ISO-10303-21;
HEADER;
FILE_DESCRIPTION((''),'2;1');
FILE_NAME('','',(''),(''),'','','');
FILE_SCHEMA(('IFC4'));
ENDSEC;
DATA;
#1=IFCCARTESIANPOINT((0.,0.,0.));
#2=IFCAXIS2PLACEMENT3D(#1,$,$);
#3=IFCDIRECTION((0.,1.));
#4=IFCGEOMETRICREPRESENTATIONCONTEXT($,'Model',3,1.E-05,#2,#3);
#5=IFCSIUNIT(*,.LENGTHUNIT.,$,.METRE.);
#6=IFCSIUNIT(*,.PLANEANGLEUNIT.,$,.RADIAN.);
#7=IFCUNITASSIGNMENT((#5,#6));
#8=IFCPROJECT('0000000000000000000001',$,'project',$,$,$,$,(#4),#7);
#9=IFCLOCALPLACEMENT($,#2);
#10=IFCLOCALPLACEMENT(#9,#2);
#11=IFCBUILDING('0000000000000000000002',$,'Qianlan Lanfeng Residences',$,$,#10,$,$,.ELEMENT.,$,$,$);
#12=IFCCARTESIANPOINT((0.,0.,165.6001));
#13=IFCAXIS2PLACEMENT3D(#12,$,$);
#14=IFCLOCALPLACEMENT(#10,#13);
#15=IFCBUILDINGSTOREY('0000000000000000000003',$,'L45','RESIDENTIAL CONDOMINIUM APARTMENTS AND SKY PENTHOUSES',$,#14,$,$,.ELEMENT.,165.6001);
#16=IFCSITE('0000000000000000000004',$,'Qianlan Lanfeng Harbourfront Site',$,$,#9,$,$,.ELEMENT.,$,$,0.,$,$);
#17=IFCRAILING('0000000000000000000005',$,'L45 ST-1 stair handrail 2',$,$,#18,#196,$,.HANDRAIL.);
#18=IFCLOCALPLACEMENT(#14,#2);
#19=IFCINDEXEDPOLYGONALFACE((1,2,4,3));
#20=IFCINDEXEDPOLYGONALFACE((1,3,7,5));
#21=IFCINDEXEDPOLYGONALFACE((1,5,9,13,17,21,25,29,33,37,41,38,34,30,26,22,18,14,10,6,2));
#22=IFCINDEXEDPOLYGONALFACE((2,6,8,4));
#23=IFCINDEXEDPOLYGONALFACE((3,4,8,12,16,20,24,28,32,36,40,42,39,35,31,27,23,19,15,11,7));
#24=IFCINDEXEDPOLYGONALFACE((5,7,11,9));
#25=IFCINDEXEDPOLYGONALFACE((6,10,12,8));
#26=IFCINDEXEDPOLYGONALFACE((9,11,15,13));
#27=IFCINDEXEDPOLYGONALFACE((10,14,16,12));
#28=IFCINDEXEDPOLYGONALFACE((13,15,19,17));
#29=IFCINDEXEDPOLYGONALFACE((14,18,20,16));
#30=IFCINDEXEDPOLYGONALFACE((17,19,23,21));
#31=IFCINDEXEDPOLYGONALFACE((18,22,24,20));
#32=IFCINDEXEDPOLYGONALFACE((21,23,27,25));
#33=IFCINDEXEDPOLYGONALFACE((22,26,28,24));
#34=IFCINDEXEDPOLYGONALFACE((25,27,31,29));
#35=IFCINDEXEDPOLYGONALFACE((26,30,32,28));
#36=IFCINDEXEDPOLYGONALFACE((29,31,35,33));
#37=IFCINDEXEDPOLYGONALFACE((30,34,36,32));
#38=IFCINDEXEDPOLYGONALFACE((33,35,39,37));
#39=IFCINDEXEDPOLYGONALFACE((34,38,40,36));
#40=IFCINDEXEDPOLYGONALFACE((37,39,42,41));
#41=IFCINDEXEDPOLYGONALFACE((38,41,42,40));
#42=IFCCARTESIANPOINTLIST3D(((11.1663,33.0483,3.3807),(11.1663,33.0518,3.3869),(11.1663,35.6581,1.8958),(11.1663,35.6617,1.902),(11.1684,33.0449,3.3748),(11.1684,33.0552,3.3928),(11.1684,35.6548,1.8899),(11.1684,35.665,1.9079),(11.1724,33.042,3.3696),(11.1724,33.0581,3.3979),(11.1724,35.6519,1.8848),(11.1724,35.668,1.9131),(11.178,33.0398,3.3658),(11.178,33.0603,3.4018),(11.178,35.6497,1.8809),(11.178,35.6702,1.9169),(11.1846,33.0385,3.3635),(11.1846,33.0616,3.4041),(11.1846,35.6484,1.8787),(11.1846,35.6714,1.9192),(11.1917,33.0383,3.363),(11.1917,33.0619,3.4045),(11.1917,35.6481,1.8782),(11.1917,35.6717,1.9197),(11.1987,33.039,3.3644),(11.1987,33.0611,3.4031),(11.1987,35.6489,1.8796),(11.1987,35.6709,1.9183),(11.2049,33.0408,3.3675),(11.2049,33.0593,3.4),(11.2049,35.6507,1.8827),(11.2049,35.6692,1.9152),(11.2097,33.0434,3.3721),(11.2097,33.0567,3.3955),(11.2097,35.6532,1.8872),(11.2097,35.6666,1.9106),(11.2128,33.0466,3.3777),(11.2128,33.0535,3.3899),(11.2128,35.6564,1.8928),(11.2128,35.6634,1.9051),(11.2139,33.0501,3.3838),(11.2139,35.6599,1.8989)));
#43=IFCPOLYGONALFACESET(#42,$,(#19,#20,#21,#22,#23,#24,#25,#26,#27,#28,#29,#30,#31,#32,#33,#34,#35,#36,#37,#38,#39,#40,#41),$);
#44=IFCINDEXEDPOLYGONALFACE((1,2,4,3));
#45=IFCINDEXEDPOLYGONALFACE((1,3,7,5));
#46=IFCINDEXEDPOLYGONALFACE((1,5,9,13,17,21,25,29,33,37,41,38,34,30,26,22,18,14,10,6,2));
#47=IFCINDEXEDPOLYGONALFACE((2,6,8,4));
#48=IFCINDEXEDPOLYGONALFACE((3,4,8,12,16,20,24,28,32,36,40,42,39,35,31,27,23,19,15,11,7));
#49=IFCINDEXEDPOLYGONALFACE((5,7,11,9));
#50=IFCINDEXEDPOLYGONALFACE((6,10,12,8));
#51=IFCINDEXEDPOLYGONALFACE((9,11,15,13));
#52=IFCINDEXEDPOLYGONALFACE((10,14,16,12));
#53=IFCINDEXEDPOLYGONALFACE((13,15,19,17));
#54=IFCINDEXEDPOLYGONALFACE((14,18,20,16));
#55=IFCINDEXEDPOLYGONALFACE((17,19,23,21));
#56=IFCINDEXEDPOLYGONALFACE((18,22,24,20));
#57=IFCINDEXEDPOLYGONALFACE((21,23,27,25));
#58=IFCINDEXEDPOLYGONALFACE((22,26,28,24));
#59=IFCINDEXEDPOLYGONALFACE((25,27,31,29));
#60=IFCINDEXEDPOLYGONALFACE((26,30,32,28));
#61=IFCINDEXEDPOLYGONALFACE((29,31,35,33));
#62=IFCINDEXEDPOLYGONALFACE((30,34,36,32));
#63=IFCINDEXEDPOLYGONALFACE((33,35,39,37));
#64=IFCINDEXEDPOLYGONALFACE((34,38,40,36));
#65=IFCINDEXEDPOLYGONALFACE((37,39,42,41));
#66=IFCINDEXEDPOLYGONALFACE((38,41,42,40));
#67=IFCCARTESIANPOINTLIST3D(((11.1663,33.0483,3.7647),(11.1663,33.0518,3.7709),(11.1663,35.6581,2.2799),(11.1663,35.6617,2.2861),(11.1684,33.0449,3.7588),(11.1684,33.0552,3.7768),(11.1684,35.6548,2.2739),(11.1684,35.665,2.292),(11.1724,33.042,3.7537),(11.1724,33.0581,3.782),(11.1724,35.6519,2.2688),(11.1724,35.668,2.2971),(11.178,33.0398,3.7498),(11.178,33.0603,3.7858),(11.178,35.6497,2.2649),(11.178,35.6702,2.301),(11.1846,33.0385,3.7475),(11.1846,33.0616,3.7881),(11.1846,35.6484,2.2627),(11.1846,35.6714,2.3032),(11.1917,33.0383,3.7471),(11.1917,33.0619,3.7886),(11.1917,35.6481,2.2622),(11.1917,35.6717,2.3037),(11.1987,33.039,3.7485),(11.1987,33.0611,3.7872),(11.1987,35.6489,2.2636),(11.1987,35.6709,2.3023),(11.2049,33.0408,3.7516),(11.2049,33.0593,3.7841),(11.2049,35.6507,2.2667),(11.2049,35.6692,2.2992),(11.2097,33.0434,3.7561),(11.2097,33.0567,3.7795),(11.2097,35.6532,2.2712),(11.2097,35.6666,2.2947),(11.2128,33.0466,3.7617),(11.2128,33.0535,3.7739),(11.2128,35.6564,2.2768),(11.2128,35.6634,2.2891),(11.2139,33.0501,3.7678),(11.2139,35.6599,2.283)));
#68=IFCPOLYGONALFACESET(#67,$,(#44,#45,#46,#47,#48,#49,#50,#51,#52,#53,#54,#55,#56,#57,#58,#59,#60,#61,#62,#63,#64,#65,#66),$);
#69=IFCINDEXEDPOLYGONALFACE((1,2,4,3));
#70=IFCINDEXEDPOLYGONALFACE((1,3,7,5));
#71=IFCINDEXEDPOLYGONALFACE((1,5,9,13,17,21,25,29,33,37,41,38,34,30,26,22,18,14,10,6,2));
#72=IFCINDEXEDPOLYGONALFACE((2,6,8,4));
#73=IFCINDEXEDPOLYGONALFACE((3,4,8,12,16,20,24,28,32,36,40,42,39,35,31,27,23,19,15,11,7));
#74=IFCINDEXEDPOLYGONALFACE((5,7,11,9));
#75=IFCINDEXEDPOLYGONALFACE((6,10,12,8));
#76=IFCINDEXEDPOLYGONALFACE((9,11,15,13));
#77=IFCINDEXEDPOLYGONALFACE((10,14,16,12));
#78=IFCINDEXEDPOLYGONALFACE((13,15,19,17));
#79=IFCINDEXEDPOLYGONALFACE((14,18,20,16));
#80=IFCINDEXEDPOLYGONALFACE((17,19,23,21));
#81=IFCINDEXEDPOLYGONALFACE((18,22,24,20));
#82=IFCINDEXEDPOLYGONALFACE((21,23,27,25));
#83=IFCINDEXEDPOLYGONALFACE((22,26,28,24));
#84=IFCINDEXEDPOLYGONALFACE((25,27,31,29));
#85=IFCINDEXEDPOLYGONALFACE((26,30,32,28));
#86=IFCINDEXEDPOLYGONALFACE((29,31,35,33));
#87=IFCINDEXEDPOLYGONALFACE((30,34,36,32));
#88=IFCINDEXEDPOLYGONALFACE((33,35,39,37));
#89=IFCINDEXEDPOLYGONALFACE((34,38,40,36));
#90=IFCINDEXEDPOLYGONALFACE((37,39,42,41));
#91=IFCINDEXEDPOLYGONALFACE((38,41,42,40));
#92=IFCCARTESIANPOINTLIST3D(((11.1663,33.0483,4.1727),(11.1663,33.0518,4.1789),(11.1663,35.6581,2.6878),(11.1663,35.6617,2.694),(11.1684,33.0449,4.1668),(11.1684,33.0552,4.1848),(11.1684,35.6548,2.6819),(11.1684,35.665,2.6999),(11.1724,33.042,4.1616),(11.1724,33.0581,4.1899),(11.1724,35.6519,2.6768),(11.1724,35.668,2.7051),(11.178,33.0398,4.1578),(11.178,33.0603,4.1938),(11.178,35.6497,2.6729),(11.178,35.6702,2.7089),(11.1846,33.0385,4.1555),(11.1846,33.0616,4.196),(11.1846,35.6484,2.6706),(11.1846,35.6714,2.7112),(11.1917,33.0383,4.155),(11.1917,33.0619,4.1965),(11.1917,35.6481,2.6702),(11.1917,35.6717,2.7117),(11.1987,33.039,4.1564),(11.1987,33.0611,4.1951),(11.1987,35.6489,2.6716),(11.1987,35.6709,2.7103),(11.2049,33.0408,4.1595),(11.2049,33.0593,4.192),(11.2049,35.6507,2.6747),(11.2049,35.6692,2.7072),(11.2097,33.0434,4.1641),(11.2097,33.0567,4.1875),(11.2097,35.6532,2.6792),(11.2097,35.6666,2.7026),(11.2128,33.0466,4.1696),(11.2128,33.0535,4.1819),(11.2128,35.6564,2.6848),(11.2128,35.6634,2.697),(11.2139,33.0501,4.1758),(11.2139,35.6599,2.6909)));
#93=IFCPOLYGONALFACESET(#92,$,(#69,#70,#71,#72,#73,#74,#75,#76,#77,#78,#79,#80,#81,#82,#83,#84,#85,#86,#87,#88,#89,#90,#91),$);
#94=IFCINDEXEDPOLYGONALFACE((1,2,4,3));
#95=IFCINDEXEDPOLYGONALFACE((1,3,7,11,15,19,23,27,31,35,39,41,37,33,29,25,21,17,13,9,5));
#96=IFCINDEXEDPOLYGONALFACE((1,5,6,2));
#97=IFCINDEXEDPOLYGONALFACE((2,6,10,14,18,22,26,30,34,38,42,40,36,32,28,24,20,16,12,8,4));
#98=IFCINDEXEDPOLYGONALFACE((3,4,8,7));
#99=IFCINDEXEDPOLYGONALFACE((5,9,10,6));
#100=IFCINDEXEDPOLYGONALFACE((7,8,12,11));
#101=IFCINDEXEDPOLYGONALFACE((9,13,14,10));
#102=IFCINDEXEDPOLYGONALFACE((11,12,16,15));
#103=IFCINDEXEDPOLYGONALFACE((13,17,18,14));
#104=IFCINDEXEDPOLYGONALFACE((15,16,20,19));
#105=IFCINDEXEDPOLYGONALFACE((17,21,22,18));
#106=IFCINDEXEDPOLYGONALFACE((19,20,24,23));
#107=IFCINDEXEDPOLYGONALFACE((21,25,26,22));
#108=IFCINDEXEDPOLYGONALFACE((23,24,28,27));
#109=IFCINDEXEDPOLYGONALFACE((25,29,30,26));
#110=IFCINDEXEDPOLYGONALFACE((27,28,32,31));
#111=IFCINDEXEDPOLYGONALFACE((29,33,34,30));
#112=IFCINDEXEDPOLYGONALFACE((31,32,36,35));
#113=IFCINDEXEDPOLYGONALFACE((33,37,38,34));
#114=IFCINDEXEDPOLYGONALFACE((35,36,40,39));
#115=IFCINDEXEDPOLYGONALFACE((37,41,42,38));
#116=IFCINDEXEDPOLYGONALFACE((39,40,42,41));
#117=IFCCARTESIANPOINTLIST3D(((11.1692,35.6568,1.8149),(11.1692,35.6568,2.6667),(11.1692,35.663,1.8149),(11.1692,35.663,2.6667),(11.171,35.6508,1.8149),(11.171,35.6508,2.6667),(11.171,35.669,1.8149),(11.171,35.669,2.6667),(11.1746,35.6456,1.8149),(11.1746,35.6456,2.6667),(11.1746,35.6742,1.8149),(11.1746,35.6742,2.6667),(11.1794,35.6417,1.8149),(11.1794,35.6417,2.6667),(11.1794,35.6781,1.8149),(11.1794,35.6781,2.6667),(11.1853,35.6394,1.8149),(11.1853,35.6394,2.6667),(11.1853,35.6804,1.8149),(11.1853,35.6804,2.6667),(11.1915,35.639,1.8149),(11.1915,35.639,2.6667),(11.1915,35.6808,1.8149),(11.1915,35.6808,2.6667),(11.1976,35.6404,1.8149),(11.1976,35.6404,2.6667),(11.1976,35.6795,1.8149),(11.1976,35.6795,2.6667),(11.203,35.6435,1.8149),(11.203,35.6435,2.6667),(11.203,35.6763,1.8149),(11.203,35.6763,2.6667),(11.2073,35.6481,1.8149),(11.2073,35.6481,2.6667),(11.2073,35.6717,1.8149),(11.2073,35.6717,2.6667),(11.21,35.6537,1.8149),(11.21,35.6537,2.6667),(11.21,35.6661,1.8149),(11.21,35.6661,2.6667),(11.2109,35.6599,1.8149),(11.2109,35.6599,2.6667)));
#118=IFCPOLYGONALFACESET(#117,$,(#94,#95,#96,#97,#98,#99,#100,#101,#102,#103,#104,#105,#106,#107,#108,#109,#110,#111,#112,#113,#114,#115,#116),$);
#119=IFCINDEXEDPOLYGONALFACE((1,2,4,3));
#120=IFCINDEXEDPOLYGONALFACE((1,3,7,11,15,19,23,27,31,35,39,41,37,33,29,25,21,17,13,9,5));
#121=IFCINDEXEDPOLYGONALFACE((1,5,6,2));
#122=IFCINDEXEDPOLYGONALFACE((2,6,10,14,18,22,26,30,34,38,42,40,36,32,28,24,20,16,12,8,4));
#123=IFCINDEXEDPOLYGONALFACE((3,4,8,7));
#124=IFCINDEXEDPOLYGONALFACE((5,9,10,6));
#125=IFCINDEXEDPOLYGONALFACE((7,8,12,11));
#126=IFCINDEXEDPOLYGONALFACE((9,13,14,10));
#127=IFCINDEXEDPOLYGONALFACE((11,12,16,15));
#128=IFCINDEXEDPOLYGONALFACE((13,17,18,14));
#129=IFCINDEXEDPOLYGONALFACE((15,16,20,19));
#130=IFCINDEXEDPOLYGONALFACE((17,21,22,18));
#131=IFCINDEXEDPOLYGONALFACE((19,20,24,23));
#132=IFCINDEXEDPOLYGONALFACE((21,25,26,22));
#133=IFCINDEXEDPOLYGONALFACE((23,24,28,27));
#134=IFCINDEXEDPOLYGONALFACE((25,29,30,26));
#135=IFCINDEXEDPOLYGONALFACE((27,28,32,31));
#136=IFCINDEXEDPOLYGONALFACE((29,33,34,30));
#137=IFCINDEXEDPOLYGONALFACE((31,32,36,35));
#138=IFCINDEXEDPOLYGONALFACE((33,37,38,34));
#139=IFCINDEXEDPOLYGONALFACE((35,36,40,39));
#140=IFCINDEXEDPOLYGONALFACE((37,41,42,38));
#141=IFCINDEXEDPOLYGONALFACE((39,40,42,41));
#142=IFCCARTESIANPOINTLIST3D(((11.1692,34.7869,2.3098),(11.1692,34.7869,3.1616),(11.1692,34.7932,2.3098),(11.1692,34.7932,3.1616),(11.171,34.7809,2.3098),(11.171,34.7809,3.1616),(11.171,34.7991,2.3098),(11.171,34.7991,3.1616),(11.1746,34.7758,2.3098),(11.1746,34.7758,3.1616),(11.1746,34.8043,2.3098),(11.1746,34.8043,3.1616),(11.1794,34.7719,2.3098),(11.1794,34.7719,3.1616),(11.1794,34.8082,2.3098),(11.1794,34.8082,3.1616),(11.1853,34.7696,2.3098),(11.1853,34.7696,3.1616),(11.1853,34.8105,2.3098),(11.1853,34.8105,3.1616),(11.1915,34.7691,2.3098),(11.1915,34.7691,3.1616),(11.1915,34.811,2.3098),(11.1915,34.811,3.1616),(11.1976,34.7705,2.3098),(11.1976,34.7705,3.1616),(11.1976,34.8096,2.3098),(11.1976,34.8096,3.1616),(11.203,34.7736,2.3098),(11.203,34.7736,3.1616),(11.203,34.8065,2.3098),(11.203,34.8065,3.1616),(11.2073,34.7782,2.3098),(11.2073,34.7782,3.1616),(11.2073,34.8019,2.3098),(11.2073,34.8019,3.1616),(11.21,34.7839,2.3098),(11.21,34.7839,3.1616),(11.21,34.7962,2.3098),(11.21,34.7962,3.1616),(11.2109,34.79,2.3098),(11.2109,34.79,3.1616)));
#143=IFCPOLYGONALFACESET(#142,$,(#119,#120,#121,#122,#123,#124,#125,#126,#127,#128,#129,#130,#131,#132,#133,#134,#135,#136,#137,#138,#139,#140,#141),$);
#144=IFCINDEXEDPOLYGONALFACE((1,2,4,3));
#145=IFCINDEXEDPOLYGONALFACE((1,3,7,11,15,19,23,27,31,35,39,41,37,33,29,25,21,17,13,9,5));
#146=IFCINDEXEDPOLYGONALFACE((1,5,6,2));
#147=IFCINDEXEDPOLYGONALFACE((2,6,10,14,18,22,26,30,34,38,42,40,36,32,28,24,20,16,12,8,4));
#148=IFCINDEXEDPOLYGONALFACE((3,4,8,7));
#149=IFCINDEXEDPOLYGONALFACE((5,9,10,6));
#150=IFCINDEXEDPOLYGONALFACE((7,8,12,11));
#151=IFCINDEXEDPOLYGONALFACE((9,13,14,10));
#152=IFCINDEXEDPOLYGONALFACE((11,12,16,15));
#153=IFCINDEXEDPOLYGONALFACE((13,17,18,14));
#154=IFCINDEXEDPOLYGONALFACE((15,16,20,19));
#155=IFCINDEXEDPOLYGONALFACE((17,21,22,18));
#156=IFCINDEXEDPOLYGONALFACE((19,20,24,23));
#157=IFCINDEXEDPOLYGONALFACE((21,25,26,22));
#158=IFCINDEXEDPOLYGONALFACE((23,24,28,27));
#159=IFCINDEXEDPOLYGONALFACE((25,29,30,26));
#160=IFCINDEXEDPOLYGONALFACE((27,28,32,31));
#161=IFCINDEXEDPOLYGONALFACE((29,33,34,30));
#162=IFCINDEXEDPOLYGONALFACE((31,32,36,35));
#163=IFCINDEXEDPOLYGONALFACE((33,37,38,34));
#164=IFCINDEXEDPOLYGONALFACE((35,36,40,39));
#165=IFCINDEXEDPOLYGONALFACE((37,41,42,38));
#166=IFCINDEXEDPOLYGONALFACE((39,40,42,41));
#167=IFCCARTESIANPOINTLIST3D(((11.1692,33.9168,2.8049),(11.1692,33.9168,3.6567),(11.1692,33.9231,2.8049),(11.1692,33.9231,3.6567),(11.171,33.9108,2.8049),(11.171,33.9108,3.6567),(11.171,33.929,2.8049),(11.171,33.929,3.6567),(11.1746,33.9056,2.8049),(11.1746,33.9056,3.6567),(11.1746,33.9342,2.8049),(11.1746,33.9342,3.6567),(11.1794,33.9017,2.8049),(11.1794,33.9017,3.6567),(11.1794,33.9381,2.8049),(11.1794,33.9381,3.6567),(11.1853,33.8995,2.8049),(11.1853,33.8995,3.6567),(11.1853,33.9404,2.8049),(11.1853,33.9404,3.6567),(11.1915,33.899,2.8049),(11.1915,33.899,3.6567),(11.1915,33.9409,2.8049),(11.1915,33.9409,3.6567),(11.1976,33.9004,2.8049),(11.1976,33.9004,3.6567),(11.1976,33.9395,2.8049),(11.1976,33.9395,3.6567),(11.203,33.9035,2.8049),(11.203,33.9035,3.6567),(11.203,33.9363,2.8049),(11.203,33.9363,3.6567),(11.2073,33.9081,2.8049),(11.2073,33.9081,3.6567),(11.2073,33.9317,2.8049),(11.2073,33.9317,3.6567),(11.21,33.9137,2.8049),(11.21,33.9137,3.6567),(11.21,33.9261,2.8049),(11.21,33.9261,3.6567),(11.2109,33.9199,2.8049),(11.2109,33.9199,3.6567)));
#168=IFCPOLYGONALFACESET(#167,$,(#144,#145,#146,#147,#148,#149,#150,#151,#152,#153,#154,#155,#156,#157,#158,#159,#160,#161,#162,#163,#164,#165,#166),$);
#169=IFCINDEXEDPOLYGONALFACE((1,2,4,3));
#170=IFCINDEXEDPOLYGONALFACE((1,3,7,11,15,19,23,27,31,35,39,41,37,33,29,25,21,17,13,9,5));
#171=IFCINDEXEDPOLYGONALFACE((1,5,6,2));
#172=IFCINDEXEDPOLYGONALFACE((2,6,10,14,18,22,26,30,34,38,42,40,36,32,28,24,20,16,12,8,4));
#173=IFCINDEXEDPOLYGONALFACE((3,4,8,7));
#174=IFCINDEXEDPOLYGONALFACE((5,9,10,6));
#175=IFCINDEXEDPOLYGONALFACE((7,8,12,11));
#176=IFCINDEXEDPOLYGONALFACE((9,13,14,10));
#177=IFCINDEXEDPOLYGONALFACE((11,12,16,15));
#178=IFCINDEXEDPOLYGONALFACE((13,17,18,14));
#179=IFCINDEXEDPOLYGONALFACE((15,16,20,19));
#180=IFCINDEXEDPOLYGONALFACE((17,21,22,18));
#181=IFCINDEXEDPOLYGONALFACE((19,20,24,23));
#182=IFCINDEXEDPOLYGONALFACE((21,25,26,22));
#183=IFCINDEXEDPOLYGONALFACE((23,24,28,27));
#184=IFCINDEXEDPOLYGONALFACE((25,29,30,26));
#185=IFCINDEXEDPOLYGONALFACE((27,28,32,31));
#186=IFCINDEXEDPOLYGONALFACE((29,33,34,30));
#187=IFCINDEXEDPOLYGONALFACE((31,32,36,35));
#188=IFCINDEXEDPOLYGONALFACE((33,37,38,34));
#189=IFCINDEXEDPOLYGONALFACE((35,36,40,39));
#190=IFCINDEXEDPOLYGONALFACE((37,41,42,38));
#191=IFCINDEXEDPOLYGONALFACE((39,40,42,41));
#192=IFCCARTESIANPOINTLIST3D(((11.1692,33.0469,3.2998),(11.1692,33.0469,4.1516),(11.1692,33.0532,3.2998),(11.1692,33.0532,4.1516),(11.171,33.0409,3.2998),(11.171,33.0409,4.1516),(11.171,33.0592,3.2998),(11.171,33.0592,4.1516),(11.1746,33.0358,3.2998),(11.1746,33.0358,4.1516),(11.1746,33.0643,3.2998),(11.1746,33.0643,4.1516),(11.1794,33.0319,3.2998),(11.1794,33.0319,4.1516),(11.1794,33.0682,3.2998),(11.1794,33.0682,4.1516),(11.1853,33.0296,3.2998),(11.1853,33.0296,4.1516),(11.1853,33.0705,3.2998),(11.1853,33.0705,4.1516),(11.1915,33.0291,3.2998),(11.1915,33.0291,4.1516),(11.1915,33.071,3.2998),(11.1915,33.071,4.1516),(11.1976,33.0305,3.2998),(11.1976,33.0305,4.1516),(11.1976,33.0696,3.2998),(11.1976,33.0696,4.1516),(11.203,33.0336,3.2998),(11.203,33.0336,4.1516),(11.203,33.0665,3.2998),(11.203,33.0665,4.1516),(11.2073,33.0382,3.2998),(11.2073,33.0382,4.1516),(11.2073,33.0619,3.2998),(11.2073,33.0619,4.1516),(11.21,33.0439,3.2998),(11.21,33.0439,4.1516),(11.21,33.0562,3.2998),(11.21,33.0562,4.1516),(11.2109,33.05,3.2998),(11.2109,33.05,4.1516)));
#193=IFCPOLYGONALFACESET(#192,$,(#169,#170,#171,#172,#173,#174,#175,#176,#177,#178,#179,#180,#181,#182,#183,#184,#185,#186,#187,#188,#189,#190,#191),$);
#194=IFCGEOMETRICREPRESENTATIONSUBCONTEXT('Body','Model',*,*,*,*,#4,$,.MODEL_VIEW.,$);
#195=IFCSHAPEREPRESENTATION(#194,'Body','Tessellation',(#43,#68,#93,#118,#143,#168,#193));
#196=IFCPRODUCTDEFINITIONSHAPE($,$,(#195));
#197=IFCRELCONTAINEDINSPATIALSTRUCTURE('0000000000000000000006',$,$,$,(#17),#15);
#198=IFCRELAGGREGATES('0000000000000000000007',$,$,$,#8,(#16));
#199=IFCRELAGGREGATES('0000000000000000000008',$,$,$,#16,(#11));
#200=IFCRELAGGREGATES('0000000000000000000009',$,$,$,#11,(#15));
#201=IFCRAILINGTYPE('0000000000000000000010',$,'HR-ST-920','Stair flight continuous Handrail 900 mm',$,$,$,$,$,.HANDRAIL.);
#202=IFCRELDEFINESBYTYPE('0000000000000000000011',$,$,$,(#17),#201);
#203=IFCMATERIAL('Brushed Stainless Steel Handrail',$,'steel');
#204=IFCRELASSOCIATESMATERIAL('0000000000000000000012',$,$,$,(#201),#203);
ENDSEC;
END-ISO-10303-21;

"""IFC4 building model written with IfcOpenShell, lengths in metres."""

from ifc_helpers import new_model, si_unit, direction, frame, origin, origin_2d, place, context, subcontext, project, spatial, circle, extrude, material, type_object, element, save


model = new_model("IFC4")

# Units and contexts
model_context = context("Model", 3, precision=1e-05, world=origin(), true_north=direction((0.0, 1.0)))
body_context = subcontext(model_context, "Body", "Model", "MODEL_VIEW")
ifc_project = project(units=[si_unit("LENGTHUNIT", "METRE"), si_unit("PLANEANGLEUNIT", "RADIAN")], contexts=[model_context])

# Site, building, storey
site_placement = place(None, origin())
site = spatial("IfcSite", under=ifc_project, at=site_placement, Name="Qianlan Lanfeng Harbourfront Site", CompositionType="ELEMENT", RefElevation=0.0)
building_placement = place(site_placement, origin())
building = spatial("IfcBuilding", under=site, at=building_placement, Name="Qianlan Lanfeng Residences", CompositionType="ELEMENT")
storey_placement = place(building_placement, frame((0.0, 0.0, 165.6001)))
storey = spatial("IfcBuildingStorey", under=building, at=storey_placement, Name="L45", Description="RESIDENTIAL CONDOMINIUM APARTMENTS AND SKY PENTHOUSES", CompositionType="ELEMENT", Elevation=165.6001)

# Railing
ifc_material_1 = material(Name="Brushed Stainless Steel Handrail", Category="steel")
railing_type_1 = type_object("IfcRailingType", Name="HR-ST-920", Description="Stair flight continuous Handrail 900 mm", PredefinedType="HANDRAIL", material=ifc_material_1)
railing_1_placement = place(storey_placement, frame((11.1899, 35.6599, 1.8149)))
element("IfcRailing", 1, at=railing_1_placement, inside=storey, type_object=railing_type_1, Name="L45 ST-1 stair handrail 2", PredefinedType="HANDRAIL", context=body_context, shape_type="SweptSolid", body=[
    extrude(circle(Radius=0.0239, at=origin_2d()), frame((0.0, 0.0, 0.084), z_axis=(0.0, -0.869172, 0.494509), x_axis=(1.0, 0.0, 0.0)), (0.0, 0.0, 1.0), 3.0027),
    extrude(circle(Radius=0.0239, at=origin_2d()), frame((0.0, 0.0, 0.468), z_axis=(0.0, -0.869172, 0.494509), x_axis=(1.0, 0.0, 0.0)), (0.0, 0.0, 1.0), 3.0027),
    extrude(circle(Radius=0.0239, at=origin_2d()), frame((0.0, 0.0, 0.876), z_axis=(0.0, -0.869172, 0.494509), x_axis=(1.0, 0.0, 0.0)), (0.0, 0.0, 1.0), 3.0027),
    extrude(circle(Radius=0.021, at=origin_2d()), origin(), (0.0, 0.0, 1.0), 0.8518),
    extrude(circle(Radius=0.021, at=origin_2d()), frame((0.0, -0.8699, 0.4949)), (0.0, 0.0, 1.0), 0.8518),
    extrude(circle(Radius=0.021, at=origin_2d()), frame((0.0, -1.74, 0.99)), (0.0, 0.0, 1.0), 0.8518),
    extrude(circle(Radius=0.021, at=origin_2d()), frame((0.0, -2.6099, 1.4849)), (0.0, 0.0, 1.0), 0.8518),
])

save(model, "model.ifc")
